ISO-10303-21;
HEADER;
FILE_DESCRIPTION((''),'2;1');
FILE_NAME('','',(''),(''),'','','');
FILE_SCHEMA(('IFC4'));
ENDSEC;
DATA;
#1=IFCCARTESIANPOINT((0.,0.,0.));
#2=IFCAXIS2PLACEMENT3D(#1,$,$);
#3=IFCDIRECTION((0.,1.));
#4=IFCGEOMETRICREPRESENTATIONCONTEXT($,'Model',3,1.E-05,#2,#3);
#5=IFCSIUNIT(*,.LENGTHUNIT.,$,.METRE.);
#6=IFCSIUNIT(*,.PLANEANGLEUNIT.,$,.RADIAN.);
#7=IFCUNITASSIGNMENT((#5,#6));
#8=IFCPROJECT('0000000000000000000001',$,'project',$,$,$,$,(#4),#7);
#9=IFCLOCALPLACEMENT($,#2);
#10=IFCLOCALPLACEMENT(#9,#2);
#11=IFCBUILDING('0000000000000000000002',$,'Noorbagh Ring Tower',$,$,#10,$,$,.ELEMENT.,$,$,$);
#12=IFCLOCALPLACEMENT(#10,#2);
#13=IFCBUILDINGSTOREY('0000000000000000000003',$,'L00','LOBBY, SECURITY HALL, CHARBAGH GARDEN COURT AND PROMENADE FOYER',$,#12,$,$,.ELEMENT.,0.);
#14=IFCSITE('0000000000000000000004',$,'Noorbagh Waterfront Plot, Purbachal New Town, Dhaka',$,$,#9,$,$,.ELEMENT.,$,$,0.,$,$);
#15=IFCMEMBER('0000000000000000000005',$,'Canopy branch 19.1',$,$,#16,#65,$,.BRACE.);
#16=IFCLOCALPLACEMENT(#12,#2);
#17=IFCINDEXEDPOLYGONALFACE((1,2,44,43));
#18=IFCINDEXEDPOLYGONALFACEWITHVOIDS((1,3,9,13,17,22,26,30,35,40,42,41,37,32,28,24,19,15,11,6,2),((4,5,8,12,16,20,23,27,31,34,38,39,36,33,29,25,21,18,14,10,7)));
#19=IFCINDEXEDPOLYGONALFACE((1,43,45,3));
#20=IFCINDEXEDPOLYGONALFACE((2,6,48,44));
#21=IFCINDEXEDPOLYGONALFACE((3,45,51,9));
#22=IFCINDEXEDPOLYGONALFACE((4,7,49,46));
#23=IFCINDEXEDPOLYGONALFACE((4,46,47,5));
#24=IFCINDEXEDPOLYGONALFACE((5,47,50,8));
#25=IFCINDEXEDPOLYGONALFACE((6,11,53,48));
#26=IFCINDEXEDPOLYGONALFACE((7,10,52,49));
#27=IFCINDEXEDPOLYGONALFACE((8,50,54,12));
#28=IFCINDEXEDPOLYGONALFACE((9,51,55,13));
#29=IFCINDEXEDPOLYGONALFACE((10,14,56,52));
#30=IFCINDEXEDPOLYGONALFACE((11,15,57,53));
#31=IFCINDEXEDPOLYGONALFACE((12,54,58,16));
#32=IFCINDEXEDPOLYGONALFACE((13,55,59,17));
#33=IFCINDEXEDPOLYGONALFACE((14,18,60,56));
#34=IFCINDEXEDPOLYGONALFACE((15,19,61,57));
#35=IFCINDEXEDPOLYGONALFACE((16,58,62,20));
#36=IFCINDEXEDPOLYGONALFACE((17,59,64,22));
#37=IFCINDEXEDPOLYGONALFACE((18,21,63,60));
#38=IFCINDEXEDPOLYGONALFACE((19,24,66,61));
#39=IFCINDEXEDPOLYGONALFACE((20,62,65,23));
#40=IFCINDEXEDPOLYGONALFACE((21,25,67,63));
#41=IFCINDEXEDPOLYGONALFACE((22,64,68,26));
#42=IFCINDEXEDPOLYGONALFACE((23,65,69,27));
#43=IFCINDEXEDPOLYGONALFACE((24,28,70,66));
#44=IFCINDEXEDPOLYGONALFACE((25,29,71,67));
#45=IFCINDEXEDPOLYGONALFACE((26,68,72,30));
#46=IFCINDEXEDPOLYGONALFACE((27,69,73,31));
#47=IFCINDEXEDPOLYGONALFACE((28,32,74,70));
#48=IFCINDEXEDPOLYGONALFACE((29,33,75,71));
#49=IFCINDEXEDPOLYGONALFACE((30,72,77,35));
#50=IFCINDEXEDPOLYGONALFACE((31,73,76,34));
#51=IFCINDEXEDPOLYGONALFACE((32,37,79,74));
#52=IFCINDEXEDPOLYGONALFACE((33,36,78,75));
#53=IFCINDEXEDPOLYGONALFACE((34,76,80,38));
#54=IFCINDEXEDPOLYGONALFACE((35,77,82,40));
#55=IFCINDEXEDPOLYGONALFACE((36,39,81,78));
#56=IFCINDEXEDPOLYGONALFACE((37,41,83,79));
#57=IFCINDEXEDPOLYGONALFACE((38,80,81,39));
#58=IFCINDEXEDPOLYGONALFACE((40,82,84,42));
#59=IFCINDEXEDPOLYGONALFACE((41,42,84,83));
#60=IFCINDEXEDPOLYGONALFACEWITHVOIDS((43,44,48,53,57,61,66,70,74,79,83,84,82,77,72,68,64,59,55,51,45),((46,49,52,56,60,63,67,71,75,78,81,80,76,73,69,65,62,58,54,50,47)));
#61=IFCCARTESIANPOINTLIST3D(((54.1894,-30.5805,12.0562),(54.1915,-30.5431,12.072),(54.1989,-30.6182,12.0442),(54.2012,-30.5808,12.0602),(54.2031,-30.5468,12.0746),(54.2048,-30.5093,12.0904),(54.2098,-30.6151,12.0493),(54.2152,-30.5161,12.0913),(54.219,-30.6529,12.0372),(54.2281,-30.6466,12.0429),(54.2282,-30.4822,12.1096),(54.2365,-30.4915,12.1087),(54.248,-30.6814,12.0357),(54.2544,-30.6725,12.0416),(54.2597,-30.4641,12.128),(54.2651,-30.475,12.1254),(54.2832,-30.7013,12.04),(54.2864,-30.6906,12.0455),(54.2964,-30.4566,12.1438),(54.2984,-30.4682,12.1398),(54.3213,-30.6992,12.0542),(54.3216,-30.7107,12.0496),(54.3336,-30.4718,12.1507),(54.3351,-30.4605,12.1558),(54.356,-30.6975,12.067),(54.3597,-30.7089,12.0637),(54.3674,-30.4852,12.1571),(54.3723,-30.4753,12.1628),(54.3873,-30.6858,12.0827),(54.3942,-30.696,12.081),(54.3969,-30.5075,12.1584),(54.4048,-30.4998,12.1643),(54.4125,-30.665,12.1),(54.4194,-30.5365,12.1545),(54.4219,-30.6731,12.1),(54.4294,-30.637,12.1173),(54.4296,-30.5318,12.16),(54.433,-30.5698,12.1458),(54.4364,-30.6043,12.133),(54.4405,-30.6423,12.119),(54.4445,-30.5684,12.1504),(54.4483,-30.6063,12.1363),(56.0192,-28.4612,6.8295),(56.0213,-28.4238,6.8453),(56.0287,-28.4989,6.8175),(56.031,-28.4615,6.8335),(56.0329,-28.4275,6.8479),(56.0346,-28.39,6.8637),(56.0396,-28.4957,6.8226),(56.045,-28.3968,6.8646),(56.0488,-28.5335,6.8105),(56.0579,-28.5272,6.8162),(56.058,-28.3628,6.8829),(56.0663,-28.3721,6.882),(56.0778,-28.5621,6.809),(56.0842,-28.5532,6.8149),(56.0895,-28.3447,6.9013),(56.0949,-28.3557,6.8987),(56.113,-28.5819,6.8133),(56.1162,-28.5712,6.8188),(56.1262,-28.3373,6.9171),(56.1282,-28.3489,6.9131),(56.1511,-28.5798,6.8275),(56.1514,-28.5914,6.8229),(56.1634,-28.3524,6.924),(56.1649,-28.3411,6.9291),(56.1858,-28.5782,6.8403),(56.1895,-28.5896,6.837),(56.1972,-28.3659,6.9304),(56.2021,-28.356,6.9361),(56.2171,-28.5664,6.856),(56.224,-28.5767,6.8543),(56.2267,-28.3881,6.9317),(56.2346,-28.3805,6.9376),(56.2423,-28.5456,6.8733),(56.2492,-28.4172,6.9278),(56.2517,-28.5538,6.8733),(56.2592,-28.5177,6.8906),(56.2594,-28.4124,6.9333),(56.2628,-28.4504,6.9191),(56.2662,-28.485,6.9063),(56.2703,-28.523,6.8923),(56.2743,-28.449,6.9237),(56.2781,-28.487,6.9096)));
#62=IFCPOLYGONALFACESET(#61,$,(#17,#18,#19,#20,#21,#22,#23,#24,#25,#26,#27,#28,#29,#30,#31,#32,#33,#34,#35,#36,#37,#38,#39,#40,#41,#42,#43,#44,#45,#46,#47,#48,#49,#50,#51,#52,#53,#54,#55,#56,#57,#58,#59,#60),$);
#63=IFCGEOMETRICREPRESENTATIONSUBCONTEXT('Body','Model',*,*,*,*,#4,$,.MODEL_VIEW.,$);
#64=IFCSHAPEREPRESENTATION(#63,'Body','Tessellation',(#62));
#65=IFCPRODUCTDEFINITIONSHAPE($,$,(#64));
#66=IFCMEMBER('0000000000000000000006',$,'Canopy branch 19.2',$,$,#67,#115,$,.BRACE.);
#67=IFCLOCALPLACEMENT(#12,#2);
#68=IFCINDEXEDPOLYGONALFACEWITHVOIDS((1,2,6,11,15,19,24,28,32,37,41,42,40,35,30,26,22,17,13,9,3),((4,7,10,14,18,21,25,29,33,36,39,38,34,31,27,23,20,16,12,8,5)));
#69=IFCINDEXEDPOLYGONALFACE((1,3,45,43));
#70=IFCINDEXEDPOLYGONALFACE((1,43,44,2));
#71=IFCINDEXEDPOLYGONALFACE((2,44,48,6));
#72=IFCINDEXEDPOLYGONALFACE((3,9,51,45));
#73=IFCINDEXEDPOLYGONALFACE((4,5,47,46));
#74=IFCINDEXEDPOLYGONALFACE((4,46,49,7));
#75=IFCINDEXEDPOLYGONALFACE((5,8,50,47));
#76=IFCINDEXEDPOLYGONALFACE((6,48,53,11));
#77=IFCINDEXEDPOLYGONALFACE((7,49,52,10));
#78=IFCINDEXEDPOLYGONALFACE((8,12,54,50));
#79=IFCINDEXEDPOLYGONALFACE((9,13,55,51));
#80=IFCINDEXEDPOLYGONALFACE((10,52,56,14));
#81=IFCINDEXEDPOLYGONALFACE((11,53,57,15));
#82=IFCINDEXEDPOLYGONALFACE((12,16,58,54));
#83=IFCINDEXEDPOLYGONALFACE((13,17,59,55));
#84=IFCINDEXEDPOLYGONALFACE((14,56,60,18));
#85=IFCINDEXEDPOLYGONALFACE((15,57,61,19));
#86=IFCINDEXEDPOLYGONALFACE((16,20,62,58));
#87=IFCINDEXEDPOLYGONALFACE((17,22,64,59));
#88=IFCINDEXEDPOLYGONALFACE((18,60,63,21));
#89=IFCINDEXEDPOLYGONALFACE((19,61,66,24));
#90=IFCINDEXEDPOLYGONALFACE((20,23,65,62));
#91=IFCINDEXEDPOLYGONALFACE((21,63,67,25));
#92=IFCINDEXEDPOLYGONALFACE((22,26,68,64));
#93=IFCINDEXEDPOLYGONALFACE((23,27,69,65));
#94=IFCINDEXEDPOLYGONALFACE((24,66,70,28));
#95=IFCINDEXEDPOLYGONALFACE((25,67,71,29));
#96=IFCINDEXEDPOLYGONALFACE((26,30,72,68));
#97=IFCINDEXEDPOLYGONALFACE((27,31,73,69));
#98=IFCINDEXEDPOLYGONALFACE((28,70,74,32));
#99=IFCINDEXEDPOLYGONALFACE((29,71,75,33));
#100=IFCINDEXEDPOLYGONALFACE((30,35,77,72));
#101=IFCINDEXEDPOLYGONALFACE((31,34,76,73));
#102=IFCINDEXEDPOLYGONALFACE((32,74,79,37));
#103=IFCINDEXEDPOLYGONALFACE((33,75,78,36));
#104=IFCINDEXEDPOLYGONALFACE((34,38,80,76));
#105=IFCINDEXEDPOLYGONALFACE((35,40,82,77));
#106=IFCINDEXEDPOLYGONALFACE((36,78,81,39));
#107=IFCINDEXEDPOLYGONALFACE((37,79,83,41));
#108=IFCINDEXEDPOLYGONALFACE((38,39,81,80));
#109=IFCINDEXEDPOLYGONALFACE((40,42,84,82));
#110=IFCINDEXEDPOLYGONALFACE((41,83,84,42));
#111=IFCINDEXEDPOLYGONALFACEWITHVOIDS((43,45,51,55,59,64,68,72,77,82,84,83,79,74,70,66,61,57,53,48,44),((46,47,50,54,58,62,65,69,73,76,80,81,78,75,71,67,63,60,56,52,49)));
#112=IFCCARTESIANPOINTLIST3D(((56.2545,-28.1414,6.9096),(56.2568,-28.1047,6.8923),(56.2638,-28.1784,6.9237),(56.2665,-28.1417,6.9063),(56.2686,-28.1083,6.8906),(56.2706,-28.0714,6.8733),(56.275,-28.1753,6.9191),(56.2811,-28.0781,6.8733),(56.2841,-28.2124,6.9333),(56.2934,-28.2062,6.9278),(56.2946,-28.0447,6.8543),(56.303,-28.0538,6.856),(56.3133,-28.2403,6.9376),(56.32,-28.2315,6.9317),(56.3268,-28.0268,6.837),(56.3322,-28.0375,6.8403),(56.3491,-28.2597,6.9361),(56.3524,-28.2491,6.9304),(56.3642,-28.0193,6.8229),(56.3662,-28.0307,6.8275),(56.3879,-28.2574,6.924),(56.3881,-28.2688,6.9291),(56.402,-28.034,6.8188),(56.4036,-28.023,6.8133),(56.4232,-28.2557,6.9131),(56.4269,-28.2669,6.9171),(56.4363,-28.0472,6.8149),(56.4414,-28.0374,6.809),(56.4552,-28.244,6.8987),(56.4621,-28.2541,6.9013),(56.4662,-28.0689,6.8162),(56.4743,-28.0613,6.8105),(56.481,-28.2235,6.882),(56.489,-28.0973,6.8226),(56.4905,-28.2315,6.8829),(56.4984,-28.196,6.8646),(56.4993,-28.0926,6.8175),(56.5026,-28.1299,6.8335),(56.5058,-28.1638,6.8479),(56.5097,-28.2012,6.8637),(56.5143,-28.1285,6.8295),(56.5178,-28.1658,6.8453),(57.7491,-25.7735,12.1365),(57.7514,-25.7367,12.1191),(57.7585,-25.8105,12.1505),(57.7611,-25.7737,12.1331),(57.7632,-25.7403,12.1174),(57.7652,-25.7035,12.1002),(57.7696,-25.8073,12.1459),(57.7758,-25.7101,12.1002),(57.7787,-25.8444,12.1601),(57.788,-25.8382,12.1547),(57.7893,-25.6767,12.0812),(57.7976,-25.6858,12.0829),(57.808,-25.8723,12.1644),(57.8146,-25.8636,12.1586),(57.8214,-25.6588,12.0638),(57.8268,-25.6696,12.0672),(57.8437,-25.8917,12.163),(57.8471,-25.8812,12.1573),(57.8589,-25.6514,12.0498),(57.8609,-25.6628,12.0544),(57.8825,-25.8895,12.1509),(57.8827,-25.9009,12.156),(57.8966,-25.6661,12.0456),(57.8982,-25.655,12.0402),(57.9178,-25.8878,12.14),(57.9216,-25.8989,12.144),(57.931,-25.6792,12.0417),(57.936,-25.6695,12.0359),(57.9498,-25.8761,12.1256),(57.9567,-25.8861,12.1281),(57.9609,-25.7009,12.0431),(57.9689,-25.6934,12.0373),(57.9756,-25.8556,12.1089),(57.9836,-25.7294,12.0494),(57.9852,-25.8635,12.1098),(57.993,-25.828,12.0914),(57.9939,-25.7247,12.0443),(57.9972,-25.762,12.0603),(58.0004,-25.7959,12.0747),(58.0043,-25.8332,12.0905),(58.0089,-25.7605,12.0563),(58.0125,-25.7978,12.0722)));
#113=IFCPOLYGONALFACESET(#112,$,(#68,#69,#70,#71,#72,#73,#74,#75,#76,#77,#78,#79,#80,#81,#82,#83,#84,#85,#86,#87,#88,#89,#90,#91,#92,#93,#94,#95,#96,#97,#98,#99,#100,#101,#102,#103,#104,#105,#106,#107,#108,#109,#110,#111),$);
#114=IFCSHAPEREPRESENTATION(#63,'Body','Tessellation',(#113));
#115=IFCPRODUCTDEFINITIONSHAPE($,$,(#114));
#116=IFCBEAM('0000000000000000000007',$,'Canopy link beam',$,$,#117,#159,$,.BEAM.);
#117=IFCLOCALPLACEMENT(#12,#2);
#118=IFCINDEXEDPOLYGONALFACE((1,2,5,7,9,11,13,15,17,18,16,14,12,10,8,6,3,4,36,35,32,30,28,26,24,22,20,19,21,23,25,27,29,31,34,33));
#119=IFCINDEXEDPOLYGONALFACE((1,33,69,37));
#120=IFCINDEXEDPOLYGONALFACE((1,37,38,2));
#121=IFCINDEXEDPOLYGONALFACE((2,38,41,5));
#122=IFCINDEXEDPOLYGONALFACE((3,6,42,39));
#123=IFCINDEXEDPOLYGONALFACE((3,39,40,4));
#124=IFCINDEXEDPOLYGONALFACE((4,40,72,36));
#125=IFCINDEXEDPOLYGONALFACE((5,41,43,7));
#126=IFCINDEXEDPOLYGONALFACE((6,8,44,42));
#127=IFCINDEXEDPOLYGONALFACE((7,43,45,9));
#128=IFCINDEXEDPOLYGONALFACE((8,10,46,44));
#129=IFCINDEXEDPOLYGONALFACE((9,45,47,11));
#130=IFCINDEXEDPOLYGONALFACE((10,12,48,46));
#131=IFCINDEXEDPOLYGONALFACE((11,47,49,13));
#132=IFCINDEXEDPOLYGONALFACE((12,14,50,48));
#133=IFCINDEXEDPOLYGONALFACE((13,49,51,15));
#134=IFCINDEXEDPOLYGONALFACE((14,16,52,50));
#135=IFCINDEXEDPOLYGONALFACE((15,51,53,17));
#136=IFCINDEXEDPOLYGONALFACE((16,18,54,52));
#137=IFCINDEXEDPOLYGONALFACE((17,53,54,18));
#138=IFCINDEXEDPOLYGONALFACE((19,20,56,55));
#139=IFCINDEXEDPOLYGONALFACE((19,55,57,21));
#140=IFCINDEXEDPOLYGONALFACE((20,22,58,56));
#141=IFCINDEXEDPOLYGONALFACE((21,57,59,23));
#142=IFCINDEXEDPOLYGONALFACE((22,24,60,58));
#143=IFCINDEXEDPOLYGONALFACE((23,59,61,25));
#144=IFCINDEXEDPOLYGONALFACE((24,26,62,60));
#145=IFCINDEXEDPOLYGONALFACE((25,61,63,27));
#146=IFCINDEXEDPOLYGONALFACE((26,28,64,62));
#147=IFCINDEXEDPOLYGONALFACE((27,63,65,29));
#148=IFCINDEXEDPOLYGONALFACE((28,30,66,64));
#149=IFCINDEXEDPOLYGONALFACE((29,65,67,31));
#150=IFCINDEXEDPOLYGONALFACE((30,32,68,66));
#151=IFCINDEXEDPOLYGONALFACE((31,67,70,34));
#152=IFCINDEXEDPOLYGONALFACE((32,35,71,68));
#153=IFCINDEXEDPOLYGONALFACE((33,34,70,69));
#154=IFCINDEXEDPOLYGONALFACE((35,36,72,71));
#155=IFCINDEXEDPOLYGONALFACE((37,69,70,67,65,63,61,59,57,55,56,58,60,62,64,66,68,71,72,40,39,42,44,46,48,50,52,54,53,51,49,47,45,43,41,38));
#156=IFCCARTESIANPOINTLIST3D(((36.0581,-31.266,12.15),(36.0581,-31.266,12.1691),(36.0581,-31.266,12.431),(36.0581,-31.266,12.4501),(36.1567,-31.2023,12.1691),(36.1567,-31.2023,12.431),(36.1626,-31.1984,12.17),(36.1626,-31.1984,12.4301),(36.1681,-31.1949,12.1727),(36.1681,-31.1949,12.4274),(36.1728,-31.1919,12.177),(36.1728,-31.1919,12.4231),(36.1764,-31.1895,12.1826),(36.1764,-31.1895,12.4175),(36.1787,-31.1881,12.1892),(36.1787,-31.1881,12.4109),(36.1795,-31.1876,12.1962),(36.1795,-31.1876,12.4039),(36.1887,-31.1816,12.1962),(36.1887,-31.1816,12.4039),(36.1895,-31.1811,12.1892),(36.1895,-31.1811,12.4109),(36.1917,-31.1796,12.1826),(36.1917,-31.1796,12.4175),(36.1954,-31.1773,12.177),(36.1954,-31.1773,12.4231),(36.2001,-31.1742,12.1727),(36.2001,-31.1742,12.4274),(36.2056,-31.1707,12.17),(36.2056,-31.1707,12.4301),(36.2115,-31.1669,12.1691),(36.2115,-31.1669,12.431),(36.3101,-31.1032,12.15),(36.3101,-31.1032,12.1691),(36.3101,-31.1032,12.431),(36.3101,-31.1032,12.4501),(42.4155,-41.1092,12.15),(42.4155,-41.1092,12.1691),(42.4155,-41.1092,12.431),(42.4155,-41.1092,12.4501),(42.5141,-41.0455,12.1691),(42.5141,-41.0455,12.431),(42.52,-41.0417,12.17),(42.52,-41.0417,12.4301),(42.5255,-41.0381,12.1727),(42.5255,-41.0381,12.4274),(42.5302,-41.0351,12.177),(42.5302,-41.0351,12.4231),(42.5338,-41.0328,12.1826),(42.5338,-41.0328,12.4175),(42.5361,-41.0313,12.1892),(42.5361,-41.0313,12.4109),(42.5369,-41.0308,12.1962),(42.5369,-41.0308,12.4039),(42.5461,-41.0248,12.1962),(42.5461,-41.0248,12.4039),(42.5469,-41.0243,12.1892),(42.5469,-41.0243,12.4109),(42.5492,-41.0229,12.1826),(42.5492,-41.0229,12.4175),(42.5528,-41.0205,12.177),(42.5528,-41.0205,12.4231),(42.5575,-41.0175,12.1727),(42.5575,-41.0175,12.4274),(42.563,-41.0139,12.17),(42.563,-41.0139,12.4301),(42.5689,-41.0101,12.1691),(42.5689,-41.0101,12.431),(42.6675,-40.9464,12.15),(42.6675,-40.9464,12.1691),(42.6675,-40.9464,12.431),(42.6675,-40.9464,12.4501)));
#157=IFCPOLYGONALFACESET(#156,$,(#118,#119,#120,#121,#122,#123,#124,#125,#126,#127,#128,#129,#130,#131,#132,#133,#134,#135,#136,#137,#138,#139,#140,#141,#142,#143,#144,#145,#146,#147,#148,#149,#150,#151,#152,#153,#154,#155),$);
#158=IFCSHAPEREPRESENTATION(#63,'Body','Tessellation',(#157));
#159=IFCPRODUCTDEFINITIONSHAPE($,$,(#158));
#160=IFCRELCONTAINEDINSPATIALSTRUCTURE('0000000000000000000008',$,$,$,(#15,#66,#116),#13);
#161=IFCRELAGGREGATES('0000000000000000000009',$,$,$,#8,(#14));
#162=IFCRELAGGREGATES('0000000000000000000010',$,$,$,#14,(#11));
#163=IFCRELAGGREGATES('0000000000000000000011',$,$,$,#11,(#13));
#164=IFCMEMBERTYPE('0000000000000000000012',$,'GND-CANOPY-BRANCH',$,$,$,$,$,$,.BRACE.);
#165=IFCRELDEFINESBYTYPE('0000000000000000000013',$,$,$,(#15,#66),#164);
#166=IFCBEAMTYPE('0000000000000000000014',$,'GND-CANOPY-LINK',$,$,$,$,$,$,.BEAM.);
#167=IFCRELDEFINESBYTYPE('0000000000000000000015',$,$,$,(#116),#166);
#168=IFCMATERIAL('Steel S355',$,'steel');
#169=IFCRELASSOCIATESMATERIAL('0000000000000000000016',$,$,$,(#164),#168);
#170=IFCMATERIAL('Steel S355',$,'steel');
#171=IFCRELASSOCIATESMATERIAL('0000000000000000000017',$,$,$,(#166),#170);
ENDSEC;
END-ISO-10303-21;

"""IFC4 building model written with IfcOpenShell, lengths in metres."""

from ifc_helpers import new_model, si_unit, direction, frame, origin, origin_2d, place, context, subcontext, project, spatial, hollow_circle, i_section, extrude, material, material_profile, profile_set, type_object, element, save


model = new_model("IFC4")

# Units and contexts
model_context = context("Model", 3, precision=1e-05, world=origin(), true_north=direction((0.0, 1.0)))
body_context = subcontext(model_context, "Body", "Model", "MODEL_VIEW")
ifc_project = project(units=[si_unit("LENGTHUNIT", "METRE"), si_unit("PLANEANGLEUNIT", "RADIAN")], contexts=[model_context])

# Site, building, storey
site_placement = place(None, origin())
site = spatial("IfcSite", under=ifc_project, at=site_placement, Name="Noorbagh Waterfront Plot, Purbachal New Town, Dhaka", CompositionType="ELEMENT", RefElevation=0.0)
building_placement = place(site_placement, origin())
building = spatial("IfcBuilding", under=site, at=building_placement, Name="Noorbagh Ring Tower", CompositionType="ELEMENT")
storey_placement = place(building_placement, origin())
storey = spatial("IfcBuildingStorey", under=building, at=storey_placement, Name="L00", Description="LOBBY, SECURITY HALL, CHARBAGH GARDEN COURT AND PROMENADE FOYER", CompositionType="ELEMENT", Elevation=0.0)

# Members
ifc_material_1 = material(Name="Steel S355", Category="steel")
ifc_material_profile_1 = material_profile(ifc_material_1, hollow_circle(Radius=0.1365, WallThickness=0.0125, at=origin_2d()), Name="CHS273x12.5")
ifc_profile_set_1 = profile_set([ifc_material_profile_1], Name="Steel S355")
member_type = type_object("IfcMemberType", Name="GND-CANOPY-BRANCH", PredefinedType="BRACE", material=ifc_profile_set_1)
for number, where, z_axis, x_axis, name in (
    (1, (56.1484, -28.4646, 6.8733), (-0.308596, -0.357427, 0.881484), (0.756919, -0.653509, 0.0), "Canopy branch 19.1"),
):
    element("IfcMember", number, at=place(storey_placement, frame(where, z_axis=z_axis, x_axis=x_axis)), inside=storey, type_object=member_type, Name=name, PredefinedType="BRACE", context=body_context, shape_type="SweptSolid", body=[
        extrude(hollow_circle(Radius=0.1365, WallThickness=0.0125, at=origin_2d()), origin(), (0.0, 0.0, 1.0), 5.9294),
    ])
member_1_placement = place(storey_placement, frame((56.386, -28.1443, 6.8733), z_axis=(0.252061, 0.399337, 0.881473), x_axis=(-0.845634, 0.533763, 0.0)))
element("IfcMember", 2, at=member_1_placement, inside=storey, type_object=member_type, Name="Canopy branch 19.2", PredefinedType="BRACE", context=body_context, shape_type="SweptSolid", body=[
    extrude(hollow_circle(Radius=0.1365, WallThickness=0.0125, at=origin_2d()), origin(), (0.0, 0.0, 1.0), 5.9297),
])

# Beam
ifc_material_2 = material(Name="Steel S355", Category="steel")
ifc_material_profile_2 = material_profile(ifc_material_2, i_section(OverallWidth=0.3, OverallDepth=0.3, WebThickness=0.011, FlangeThickness=0.019, FilletRadius=0.0271, at=origin_2d()), Name="HEB300")
ifc_profile_set_2 = profile_set([ifc_material_profile_2], Name="Steel S355")
beam_type_1 = type_object("IfcBeamType", Name="GND-CANOPY-LINK", PredefinedType="BEAM", material=ifc_profile_set_2)
beam_1_placement = place(storey_placement, frame((36.1841, -31.1846, 12.3), z_axis=(0.542544, -0.840027, 0.0), x_axis=(0.840027, 0.542544, 0.0)))
element("IfcBeam", 3, at=beam_1_placement, inside=storey, type_object=beam_type_1, Name="Canopy link beam", PredefinedType="BEAM", context=body_context, shape_type="SweptSolid", body=[
    extrude(i_section(OverallWidth=0.3, OverallDepth=0.3, WebThickness=0.011, FlangeThickness=0.019, FilletRadius=0.0271, at=origin_2d()), origin(), (0.0, 0.0, 1.0), 11.7178),
])

save(model, "model.ifc")
